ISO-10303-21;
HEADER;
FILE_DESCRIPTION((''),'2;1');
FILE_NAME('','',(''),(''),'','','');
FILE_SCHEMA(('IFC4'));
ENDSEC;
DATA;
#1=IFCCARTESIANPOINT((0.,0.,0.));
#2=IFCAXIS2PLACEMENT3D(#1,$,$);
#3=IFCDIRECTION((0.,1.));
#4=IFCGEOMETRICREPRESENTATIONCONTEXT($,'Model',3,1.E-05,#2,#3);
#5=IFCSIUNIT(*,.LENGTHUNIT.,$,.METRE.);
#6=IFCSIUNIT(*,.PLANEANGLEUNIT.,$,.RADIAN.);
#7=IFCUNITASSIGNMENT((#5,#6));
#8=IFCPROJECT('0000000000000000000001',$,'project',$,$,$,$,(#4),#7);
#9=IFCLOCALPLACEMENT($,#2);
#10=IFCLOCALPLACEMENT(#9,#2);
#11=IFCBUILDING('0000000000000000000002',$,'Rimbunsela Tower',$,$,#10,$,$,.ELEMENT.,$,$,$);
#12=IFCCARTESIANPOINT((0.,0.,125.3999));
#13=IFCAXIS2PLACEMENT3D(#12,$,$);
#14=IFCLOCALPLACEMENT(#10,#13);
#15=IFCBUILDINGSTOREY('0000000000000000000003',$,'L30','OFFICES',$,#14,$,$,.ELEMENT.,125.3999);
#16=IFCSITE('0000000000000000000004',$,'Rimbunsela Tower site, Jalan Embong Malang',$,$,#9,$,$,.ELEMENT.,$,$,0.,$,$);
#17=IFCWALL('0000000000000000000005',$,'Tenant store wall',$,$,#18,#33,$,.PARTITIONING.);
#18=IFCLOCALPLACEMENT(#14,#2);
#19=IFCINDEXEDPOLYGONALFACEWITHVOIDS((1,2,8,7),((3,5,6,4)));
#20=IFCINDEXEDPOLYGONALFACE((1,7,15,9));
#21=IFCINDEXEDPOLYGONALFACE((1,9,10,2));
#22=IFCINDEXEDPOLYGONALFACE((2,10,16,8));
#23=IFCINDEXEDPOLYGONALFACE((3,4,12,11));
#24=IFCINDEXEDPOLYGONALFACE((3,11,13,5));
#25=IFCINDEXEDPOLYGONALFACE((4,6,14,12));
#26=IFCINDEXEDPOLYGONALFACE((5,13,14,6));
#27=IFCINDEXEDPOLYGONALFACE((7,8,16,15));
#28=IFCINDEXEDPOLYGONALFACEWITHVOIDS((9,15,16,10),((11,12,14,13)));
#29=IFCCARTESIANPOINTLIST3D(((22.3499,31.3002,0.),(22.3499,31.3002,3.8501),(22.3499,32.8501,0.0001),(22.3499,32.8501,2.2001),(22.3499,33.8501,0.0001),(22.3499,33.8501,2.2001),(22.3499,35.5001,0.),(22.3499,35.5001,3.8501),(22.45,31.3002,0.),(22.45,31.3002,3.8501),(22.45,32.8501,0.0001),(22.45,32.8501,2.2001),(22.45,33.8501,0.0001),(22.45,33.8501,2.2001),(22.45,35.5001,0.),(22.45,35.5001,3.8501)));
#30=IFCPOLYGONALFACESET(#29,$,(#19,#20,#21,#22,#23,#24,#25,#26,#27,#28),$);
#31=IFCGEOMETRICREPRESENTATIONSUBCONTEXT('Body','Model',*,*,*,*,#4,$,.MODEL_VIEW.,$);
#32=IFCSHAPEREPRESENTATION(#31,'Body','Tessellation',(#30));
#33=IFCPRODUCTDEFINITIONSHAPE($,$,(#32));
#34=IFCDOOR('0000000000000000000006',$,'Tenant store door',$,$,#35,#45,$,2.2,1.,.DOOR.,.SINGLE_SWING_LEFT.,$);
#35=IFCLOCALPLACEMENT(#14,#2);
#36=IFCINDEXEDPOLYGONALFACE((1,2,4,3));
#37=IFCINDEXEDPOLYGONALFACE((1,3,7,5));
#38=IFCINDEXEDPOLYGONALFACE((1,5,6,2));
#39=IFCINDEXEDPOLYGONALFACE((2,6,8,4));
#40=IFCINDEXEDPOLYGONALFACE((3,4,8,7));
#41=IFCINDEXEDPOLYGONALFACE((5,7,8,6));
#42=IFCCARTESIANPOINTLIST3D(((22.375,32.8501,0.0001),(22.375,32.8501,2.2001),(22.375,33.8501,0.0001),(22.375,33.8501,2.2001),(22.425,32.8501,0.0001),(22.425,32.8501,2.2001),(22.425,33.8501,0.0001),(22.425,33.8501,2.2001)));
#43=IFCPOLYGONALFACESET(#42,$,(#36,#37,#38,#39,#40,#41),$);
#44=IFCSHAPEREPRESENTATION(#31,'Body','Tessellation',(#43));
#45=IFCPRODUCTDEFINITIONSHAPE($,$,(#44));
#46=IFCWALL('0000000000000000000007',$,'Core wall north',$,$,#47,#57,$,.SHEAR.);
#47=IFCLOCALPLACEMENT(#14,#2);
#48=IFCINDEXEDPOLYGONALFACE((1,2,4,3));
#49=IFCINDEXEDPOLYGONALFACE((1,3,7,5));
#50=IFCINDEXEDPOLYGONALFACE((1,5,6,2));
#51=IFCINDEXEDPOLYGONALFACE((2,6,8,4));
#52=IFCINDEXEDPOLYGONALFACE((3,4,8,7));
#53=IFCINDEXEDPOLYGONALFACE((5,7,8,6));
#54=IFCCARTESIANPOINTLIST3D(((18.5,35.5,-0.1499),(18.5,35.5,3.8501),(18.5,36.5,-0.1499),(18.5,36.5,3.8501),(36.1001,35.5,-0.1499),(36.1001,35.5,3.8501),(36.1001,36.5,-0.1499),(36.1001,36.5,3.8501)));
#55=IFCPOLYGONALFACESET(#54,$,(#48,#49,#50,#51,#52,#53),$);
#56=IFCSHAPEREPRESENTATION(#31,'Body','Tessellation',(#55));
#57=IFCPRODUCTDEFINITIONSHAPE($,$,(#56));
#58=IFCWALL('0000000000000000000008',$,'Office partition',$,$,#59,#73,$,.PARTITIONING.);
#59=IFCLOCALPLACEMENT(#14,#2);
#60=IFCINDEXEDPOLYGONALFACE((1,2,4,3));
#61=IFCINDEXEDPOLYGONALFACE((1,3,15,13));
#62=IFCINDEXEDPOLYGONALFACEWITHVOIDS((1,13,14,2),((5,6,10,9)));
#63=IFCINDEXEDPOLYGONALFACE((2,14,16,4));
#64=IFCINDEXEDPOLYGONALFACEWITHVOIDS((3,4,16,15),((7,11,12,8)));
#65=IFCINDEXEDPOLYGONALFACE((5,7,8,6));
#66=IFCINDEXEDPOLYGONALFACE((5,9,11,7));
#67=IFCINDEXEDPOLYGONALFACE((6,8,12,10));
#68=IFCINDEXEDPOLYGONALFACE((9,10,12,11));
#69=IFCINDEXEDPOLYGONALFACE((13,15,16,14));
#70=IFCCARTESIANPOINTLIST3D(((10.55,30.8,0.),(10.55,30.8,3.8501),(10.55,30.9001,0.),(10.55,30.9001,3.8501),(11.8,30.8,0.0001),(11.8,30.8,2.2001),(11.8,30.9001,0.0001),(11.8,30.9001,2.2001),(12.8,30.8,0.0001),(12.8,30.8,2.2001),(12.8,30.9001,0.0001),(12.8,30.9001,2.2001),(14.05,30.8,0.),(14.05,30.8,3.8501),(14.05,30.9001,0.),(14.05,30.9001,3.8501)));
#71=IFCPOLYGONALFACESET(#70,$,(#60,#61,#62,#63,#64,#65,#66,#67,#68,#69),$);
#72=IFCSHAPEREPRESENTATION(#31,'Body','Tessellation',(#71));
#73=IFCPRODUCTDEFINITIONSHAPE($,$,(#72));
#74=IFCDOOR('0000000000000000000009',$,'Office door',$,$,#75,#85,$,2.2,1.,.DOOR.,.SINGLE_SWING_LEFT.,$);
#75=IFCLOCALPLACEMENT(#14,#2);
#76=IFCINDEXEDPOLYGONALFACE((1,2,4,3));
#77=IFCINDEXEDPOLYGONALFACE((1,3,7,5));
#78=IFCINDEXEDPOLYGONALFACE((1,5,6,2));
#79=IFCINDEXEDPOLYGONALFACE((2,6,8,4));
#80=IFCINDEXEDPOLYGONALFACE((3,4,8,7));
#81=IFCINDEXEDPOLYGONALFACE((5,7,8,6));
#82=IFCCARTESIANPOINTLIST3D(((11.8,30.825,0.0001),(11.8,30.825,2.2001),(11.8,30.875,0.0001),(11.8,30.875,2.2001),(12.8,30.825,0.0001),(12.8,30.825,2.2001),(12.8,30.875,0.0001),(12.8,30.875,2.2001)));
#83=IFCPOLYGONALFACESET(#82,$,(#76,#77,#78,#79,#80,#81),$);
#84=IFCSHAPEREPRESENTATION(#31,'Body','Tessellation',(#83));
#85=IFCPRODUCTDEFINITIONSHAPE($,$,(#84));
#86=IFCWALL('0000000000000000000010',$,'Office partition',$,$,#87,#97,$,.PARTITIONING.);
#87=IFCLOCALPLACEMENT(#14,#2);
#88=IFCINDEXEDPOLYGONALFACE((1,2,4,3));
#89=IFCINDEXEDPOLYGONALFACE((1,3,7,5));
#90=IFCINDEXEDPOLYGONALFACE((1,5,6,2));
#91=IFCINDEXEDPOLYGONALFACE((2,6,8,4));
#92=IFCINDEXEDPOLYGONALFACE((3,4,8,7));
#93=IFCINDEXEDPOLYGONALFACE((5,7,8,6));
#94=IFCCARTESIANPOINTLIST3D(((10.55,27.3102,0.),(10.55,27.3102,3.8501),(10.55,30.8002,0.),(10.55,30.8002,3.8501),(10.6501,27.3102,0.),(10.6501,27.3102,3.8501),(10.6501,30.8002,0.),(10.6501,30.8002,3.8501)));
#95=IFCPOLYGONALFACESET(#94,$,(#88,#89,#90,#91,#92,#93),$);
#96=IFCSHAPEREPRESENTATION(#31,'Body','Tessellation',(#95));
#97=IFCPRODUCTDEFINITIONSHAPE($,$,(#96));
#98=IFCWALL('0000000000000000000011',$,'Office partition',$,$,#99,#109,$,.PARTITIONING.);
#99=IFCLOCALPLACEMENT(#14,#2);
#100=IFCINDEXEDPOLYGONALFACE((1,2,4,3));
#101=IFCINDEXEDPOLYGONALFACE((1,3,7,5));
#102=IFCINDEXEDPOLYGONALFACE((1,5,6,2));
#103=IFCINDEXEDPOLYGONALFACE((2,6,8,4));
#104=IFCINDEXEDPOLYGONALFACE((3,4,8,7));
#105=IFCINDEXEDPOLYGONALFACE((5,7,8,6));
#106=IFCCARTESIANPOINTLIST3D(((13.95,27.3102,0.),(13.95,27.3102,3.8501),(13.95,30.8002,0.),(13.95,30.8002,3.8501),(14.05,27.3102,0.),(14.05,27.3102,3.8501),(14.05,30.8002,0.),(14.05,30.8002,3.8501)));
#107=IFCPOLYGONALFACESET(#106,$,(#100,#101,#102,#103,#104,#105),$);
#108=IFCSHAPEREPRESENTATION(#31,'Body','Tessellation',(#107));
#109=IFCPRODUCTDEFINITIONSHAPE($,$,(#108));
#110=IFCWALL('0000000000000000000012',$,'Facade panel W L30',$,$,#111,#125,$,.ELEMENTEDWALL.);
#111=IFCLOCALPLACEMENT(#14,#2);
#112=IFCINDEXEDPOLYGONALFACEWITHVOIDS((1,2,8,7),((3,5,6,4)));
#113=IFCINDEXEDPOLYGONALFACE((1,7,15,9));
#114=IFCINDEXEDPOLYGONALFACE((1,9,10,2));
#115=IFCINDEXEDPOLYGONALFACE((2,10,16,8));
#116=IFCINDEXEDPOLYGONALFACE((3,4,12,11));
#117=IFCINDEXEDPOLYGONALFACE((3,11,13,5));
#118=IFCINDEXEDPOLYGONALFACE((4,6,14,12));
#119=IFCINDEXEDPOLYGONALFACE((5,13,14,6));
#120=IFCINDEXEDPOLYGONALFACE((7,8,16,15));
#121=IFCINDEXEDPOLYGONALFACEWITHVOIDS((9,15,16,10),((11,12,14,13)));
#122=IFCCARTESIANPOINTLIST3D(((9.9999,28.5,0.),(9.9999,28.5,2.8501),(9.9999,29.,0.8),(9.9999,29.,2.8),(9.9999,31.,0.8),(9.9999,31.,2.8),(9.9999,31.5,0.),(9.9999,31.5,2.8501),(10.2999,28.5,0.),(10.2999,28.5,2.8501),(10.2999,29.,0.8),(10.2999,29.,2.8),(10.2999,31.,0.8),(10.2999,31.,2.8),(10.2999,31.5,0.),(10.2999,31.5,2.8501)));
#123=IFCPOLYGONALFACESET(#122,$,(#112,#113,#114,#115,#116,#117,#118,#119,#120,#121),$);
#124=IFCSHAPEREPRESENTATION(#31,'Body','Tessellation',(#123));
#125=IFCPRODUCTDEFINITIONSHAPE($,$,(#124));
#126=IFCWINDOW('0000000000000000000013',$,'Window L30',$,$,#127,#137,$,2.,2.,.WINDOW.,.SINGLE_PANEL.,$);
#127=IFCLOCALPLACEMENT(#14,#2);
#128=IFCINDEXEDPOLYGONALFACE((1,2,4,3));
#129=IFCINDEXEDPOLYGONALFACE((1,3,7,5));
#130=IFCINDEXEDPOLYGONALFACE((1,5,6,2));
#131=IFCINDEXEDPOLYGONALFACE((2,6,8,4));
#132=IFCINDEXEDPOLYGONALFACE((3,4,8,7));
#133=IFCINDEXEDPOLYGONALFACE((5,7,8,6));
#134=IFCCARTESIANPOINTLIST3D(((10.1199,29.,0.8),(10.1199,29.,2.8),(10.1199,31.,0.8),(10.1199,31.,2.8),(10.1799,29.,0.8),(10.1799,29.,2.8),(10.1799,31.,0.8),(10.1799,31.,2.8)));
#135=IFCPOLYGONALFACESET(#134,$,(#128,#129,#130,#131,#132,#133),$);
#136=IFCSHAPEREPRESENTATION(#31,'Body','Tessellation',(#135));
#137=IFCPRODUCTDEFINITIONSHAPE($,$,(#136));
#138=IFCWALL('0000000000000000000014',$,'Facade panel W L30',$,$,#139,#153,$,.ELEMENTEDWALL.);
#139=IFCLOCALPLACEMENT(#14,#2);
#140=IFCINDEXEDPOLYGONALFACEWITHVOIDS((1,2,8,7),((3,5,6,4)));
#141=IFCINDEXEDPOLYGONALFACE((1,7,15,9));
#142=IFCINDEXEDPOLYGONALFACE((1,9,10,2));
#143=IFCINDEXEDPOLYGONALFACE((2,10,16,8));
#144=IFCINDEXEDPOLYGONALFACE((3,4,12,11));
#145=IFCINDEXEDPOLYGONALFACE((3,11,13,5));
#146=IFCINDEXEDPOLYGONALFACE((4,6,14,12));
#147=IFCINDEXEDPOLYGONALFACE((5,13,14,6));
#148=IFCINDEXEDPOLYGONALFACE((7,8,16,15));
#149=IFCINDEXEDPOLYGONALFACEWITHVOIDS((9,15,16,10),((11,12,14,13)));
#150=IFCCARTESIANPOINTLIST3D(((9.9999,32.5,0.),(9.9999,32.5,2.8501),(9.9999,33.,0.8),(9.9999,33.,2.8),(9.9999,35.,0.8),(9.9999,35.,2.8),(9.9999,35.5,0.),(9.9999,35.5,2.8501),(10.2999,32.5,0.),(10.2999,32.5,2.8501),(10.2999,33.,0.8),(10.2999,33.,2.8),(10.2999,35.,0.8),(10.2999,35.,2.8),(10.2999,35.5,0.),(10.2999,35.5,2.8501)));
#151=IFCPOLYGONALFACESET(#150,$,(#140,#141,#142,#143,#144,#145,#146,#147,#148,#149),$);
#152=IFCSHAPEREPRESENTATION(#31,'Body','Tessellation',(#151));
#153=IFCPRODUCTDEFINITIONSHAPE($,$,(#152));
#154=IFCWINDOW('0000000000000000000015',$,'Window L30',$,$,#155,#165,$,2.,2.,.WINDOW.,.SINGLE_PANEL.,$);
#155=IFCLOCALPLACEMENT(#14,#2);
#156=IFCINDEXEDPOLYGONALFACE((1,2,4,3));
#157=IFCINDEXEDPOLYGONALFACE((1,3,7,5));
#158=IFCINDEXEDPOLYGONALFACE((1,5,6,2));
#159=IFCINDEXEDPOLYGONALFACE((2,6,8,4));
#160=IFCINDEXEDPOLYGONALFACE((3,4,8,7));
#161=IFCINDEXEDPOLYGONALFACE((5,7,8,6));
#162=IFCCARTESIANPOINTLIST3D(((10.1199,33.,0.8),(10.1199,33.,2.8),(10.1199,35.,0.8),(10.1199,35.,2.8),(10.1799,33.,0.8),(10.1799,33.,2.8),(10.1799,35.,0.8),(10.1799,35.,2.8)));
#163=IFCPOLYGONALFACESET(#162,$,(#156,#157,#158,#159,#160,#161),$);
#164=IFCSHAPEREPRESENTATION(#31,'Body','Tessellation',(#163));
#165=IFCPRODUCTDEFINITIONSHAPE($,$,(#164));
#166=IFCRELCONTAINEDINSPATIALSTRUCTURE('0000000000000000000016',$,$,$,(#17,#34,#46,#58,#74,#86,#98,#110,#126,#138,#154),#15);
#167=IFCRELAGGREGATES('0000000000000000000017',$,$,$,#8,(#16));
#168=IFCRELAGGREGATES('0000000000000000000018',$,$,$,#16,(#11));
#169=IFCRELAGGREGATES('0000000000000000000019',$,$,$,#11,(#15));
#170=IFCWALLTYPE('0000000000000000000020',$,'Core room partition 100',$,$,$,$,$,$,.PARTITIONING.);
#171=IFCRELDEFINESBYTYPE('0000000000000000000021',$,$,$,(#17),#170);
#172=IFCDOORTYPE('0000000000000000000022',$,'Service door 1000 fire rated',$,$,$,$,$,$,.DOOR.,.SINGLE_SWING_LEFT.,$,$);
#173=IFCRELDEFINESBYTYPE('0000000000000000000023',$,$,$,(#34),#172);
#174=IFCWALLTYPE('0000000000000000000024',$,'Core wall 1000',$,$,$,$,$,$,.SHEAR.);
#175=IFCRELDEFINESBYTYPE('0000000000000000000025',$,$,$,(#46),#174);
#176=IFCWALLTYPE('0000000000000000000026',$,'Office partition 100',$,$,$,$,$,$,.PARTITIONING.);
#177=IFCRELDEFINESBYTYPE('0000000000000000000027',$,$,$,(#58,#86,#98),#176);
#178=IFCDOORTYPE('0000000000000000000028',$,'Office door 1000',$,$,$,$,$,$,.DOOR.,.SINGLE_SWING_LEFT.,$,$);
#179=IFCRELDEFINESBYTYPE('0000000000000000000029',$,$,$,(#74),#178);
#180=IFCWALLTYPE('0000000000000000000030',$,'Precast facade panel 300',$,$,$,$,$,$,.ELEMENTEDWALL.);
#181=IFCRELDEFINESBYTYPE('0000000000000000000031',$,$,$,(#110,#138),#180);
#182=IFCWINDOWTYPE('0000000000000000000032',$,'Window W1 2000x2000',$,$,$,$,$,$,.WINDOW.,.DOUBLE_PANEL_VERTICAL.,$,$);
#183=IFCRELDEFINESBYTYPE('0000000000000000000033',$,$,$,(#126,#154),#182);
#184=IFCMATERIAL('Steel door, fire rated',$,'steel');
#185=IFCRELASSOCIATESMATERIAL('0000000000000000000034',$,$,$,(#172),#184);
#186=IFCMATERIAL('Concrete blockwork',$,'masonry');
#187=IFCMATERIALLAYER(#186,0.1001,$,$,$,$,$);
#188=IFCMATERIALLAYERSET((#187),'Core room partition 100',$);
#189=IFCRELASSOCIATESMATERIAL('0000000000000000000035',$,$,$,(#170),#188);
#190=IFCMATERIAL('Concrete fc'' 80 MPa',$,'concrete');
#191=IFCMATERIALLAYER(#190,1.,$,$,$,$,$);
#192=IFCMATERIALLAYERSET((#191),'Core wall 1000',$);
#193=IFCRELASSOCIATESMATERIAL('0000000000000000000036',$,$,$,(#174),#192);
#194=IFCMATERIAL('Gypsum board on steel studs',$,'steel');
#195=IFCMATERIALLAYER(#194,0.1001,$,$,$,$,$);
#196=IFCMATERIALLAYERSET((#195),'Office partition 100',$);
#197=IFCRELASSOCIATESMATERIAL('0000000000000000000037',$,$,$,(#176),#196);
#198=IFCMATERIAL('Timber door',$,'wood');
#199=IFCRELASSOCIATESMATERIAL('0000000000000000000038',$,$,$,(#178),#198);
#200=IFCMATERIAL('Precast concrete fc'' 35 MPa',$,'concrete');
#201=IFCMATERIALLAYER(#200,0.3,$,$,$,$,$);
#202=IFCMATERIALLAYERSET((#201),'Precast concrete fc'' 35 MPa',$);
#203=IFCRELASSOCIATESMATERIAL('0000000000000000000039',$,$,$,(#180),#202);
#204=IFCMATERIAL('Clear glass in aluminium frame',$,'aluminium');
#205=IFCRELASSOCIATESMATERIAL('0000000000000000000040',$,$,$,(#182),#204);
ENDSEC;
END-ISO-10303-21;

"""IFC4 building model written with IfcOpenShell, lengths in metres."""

from ifc_helpers import new_model, si_unit, direction, frame, frame_2d, origin, place, context, subcontext, project, spatial, rectangle, extrude, material, layer, layer_set, type_object, element, fill, save


model = new_model("IFC4")

# Units and contexts
model_context = context("Model", 3, precision=1e-05, world=origin(), true_north=direction((0.0, 1.0)))
body_context = subcontext(model_context, "Body", "Model", "MODEL_VIEW")
ifc_project = project(units=[si_unit("LENGTHUNIT", "METRE"), si_unit("PLANEANGLEUNIT", "RADIAN")], contexts=[model_context])

# Site, building, storey
site_placement = place(None, origin())
site = spatial("IfcSite", under=ifc_project, at=site_placement, Name="Rimbunsela Tower site, Jalan Embong Malang", CompositionType="ELEMENT", RefElevation=0.0)
building_placement = place(site_placement, origin())
building = spatial("IfcBuilding", under=site, at=building_placement, Name="Rimbunsela Tower", CompositionType="ELEMENT")
storey_placement = place(building_placement, frame((0.0, 0.0, 125.3999)))
storey = spatial("IfcBuildingStorey", under=building, at=storey_placement, Name="L30", Description="OFFICES", CompositionType="ELEMENT", Elevation=125.3999)

# Shared definitions
ifc_material_1 = material(Name="Steel door, fire rated", Category="steel")
door_type_1 = type_object("IfcDoorType", Name="Service door 1000 fire rated", OperationType="SINGLE_SWING_LEFT", PredefinedType="DOOR", material=ifc_material_1)

# Wall, opening, door
ifc_material_2 = material(Name="Concrete blockwork", Category="masonry")
ifc_layer_1 = layer(ifc_material_2, 0.1001)
ifc_layer_set_1 = layer_set([ifc_layer_1], Name="Core room partition 100")
wall_type_1 = type_object("IfcWallType", Name="Core room partition 100", PredefinedType="PARTITIONING", material=ifc_layer_set_1)
wall_1_placement = place(storey_placement, frame((22.3999, 31.3, 0.0), z_axis=(0.0, 0.0, 1.0), x_axis=(0.0, 1.0, 0.0)))
wall_1 = element("IfcWall", 1, at=wall_1_placement, inside=storey, type_object=wall_type_1, Name="Tenant store wall", PredefinedType="PARTITIONING", context=body_context, shape_type="SweptSolid", body=[
    extrude(rectangle(XDim=4.2, YDim=0.1001, at=frame_2d((2.1001, 0.0))), origin(), (0.0, 0.0, 1.0), 3.8501),
])
opening_1_placement = place(wall_1_placement, frame((1.55, 0.0, 0.0)))
opening_1 = element("IfcOpeningElement", 2, at=opening_1_placement, cuts=wall_1, PredefinedType="OPENING", context=body_context, shape_type="SweptSolid", body=[
    extrude(rectangle(XDim=1.0, YDim=2.2, at=frame_2d((0.5, 1.1001))), frame((0.0, 0.0601, 0.0), z_axis=(0.0, -1.0, 0.0), x_axis=(1.0, 0.0, 0.0)), (0.0, 0.0, 1.0), 0.1201),
])
door_1_placement = place(opening_1_placement, origin())
door_1 = element("IfcDoor", 3, at=door_1_placement, inside=storey, type_object=door_type_1, Name="Tenant store door", OperationType="SINGLE_SWING_LEFT", OverallHeight=2.2, OverallWidth=1.0, PredefinedType="DOOR", context=body_context, shape_type="SweptSolid", body=[
    extrude(rectangle(XDim=1.0, YDim=2.2, at=frame_2d((0.5, 1.1001))), frame((0.0, 0.0249, 0.0), z_axis=(0.0, -1.0, 0.0), x_axis=(1.0, 0.0, 0.0)), (0.0, 0.0, 1.0), 0.05),
])
fill(opening_1, door_1)

# Wall
ifc_material_3 = material(Name="Concrete fc' 80 MPa", Category="concrete")
ifc_layer_2 = layer(ifc_material_3, 1.0)
ifc_layer_set_2 = layer_set([ifc_layer_2], Name="Core wall 1000")
wall_type_2 = type_object("IfcWallType", Name="Core wall 1000", PredefinedType="SHEAR", material=ifc_layer_set_2)
wall_2_placement = place(storey_placement, frame((18.5, 36.0, -0.1499), z_axis=(0.0, 0.0, 1.0), x_axis=(1.0, 0.0, 0.0)))
element("IfcWall", 4, at=wall_2_placement, inside=storey, type_object=wall_type_2, Name="Core wall north", PredefinedType="SHEAR", context=body_context, shape_type="SweptSolid", body=[
    extrude(rectangle(XDim=17.6001, YDim=1.0, at=frame_2d((8.8, 0.0))), origin(), (0.0, 0.0, 1.0), 4.0),
])

# Wall, opening, door
ifc_material_4 = material(Name="Gypsum board on steel studs", Category="steel")
ifc_layer_3 = layer(ifc_material_4, 0.1001)
ifc_layer_set_3 = layer_set([ifc_layer_3], Name="Office partition 100")
wall_type_3 = type_object("IfcWallType", Name="Office partition 100", PredefinedType="PARTITIONING", material=ifc_layer_set_3)
wall_3_placement = place(storey_placement, frame((10.55, 30.8501, 0.0), z_axis=(0.0, 0.0, 1.0), x_axis=(1.0, 0.0, 0.0)))
wall_3 = element("IfcWall", 5, at=wall_3_placement, inside=storey, type_object=wall_type_3, Name="Office partition", PredefinedType="PARTITIONING", context=body_context, shape_type="SweptSolid", body=[
    extrude(rectangle(XDim=3.5, YDim=0.1001, at=frame_2d((1.75, 0.0))), origin(), (0.0, 0.0, 1.0), 3.8501),
])
opening_2_placement = place(wall_3_placement, frame((1.25, 0.0, 0.0)))
opening_2 = element("IfcOpeningElement", 6, at=opening_2_placement, cuts=wall_3, PredefinedType="OPENING", context=body_context, shape_type="SweptSolid", body=[
    extrude(rectangle(XDim=1.0, YDim=2.2, at=frame_2d((0.5, 1.1001))), frame((0.0, 0.0601, 0.0), z_axis=(0.0, -1.0, 0.0), x_axis=(1.0, 0.0, 0.0)), (0.0, 0.0, 1.0), 0.1201),
])
ifc_material_5 = material(Name="Timber door", Category="wood")
door_type_2 = type_object("IfcDoorType", Name="Office door 1000", OperationType="SINGLE_SWING_LEFT", PredefinedType="DOOR", material=ifc_material_5)
door_2_placement = place(opening_2_placement, origin())
door_2 = element("IfcDoor", 7, at=door_2_placement, inside=storey, type_object=door_type_2, Name="Office door", OperationType="SINGLE_SWING_LEFT", OverallHeight=2.2, OverallWidth=1.0, PredefinedType="DOOR", context=body_context, shape_type="SweptSolid", body=[
    extrude(rectangle(XDim=1.0, YDim=2.2, at=frame_2d((0.5, 1.1001))), frame((0.0, 0.0249, 0.0), z_axis=(0.0, -1.0, 0.0), x_axis=(1.0, 0.0, 0.0)), (0.0, 0.0, 1.0), 0.05),
])
fill(opening_2, door_2)

# Walls
for number, where, z_axis, x_axis, name in (
    (8, (10.6001, 27.3101, 0.0), (0.0, 0.0, 1.0), (0.0, 1.0, 0.0), "Office partition"),
    (9, (14.0, 27.3101, 0.0), (0.0, 0.0, 1.0), (0.0, 1.0, 0.0), "Office partition"),
):
    element("IfcWall", number, at=place(storey_placement, frame(where, z_axis=z_axis, x_axis=x_axis)), inside=storey, type_object=wall_type_3, Name=name, PredefinedType="PARTITIONING", context=body_context, shape_type="SweptSolid", body=[
        extrude(rectangle(XDim=3.49, YDim=0.1001, at=frame_2d((1.7451, 0.0))), origin(), (0.0, 0.0, 1.0), 3.8501),
    ])

# Walls, openings, windows
ifc_material_6 = material(Name="Precast concrete fc' 35 MPa", Category="concrete")
ifc_layer_4 = layer(ifc_material_6, 0.3)
ifc_layer_set_4 = layer_set([ifc_layer_4], Name="Precast concrete fc' 35 MPa")
wall_type_4 = type_object("IfcWallType", Name="Precast facade panel 300", PredefinedType="ELEMENTEDWALL", material=ifc_layer_set_4)
wall_4_placement = place(storey_placement, frame((10.1499, 31.5, 0.0), z_axis=(0.0, 0.0, 1.0), x_axis=(0.0, -1.0, 0.0)))
wall_4 = element("IfcWall", 10, at=wall_4_placement, inside=storey, type_object=wall_type_4, Name="Facade panel W L30", PredefinedType="ELEMENTEDWALL", context=body_context, shape_type="SweptSolid", body=[
    extrude(rectangle(XDim=3.0, YDim=0.3, at=frame_2d((1.5, 0.0))), origin(), (0.0, 0.0, 1.0), 2.8501),
])
opening_3_placement = place(wall_4_placement, frame((0.5, 0.0, 0.8)))
opening_3 = element("IfcOpeningElement", 11, at=opening_3_placement, cuts=wall_4, PredefinedType="OPENING", context=body_context, shape_type="SweptSolid", body=[
    extrude(rectangle(XDim=2.0, YDim=2.0, at=frame_2d((1.0, 1.0))), frame((0.0, 0.1599, 0.0), z_axis=(0.0, -1.0, 0.0), x_axis=(1.0, 0.0, 0.0)), (0.0, 0.0, 1.0), 0.3201),
])
ifc_material_7 = material(Name="Clear glass in aluminium frame", Category="aluminium")
window_type = type_object("IfcWindowType", Name="Window W1 2000x2000", PartitioningType="DOUBLE_PANEL_VERTICAL", PredefinedType="WINDOW", material=ifc_material_7)
window_1_placement = place(opening_3_placement, origin())
window_1 = element("IfcWindow", 12, at=window_1_placement, inside=storey, type_object=window_type, Name="Window L30", OverallHeight=2.0, OverallWidth=2.0, PartitioningType="SINGLE_PANEL", PredefinedType="WINDOW", context=body_context, shape_type="SweptSolid", body=[
    extrude(rectangle(XDim=2.0, YDim=2.0, at=frame_2d((1.0, 1.0))), frame((0.0, 0.03, 0.0), z_axis=(0.0, -1.0, 0.0), x_axis=(1.0, 0.0, 0.0)), (0.0, 0.0, 1.0), 0.0601),
])
fill(opening_3, window_1)
wall_5_placement = place(storey_placement, frame((10.1499, 35.5, 0.0), z_axis=(0.0, 0.0, 1.0), x_axis=(0.0, -1.0, 0.0)))
wall_5 = element("IfcWall", 13, at=wall_5_placement, inside=storey, type_object=wall_type_4, Name="Facade panel W L30", PredefinedType="ELEMENTEDWALL", context=body_context, shape_type="SweptSolid", body=[
    extrude(rectangle(XDim=3.0, YDim=0.3, at=frame_2d((1.5, 0.0))), origin(), (0.0, 0.0, 1.0), 2.8501),
])
opening_4_placement = place(wall_5_placement, frame((0.5, 0.0, 0.8)))
opening_4 = element("IfcOpeningElement", 14, at=opening_4_placement, cuts=wall_5, PredefinedType="OPENING", context=body_context, shape_type="SweptSolid", body=[
    extrude(rectangle(XDim=2.0, YDim=2.0, at=frame_2d((1.0, 1.0))), frame((0.0, 0.1599, 0.0), z_axis=(0.0, -1.0, 0.0), x_axis=(1.0, 0.0, 0.0)), (0.0, 0.0, 1.0), 0.3201),
])
window_2_placement = place(opening_4_placement, origin())
window_2 = element("IfcWindow", 15, at=window_2_placement, inside=storey, type_object=window_type, Name="Window L30", OverallHeight=2.0, OverallWidth=2.0, PartitioningType="SINGLE_PANEL", PredefinedType="WINDOW", context=body_context, shape_type="SweptSolid", body=[
    extrude(rectangle(XDim=2.0, YDim=2.0, at=frame_2d((1.0, 1.0))), frame((0.0, 0.03, 0.0), z_axis=(0.0, -1.0, 0.0), x_axis=(1.0, 0.0, 0.0)), (0.0, 0.0, 1.0), 0.0601),
])
fill(opening_4, window_2)

save(model, "model.ifc")
